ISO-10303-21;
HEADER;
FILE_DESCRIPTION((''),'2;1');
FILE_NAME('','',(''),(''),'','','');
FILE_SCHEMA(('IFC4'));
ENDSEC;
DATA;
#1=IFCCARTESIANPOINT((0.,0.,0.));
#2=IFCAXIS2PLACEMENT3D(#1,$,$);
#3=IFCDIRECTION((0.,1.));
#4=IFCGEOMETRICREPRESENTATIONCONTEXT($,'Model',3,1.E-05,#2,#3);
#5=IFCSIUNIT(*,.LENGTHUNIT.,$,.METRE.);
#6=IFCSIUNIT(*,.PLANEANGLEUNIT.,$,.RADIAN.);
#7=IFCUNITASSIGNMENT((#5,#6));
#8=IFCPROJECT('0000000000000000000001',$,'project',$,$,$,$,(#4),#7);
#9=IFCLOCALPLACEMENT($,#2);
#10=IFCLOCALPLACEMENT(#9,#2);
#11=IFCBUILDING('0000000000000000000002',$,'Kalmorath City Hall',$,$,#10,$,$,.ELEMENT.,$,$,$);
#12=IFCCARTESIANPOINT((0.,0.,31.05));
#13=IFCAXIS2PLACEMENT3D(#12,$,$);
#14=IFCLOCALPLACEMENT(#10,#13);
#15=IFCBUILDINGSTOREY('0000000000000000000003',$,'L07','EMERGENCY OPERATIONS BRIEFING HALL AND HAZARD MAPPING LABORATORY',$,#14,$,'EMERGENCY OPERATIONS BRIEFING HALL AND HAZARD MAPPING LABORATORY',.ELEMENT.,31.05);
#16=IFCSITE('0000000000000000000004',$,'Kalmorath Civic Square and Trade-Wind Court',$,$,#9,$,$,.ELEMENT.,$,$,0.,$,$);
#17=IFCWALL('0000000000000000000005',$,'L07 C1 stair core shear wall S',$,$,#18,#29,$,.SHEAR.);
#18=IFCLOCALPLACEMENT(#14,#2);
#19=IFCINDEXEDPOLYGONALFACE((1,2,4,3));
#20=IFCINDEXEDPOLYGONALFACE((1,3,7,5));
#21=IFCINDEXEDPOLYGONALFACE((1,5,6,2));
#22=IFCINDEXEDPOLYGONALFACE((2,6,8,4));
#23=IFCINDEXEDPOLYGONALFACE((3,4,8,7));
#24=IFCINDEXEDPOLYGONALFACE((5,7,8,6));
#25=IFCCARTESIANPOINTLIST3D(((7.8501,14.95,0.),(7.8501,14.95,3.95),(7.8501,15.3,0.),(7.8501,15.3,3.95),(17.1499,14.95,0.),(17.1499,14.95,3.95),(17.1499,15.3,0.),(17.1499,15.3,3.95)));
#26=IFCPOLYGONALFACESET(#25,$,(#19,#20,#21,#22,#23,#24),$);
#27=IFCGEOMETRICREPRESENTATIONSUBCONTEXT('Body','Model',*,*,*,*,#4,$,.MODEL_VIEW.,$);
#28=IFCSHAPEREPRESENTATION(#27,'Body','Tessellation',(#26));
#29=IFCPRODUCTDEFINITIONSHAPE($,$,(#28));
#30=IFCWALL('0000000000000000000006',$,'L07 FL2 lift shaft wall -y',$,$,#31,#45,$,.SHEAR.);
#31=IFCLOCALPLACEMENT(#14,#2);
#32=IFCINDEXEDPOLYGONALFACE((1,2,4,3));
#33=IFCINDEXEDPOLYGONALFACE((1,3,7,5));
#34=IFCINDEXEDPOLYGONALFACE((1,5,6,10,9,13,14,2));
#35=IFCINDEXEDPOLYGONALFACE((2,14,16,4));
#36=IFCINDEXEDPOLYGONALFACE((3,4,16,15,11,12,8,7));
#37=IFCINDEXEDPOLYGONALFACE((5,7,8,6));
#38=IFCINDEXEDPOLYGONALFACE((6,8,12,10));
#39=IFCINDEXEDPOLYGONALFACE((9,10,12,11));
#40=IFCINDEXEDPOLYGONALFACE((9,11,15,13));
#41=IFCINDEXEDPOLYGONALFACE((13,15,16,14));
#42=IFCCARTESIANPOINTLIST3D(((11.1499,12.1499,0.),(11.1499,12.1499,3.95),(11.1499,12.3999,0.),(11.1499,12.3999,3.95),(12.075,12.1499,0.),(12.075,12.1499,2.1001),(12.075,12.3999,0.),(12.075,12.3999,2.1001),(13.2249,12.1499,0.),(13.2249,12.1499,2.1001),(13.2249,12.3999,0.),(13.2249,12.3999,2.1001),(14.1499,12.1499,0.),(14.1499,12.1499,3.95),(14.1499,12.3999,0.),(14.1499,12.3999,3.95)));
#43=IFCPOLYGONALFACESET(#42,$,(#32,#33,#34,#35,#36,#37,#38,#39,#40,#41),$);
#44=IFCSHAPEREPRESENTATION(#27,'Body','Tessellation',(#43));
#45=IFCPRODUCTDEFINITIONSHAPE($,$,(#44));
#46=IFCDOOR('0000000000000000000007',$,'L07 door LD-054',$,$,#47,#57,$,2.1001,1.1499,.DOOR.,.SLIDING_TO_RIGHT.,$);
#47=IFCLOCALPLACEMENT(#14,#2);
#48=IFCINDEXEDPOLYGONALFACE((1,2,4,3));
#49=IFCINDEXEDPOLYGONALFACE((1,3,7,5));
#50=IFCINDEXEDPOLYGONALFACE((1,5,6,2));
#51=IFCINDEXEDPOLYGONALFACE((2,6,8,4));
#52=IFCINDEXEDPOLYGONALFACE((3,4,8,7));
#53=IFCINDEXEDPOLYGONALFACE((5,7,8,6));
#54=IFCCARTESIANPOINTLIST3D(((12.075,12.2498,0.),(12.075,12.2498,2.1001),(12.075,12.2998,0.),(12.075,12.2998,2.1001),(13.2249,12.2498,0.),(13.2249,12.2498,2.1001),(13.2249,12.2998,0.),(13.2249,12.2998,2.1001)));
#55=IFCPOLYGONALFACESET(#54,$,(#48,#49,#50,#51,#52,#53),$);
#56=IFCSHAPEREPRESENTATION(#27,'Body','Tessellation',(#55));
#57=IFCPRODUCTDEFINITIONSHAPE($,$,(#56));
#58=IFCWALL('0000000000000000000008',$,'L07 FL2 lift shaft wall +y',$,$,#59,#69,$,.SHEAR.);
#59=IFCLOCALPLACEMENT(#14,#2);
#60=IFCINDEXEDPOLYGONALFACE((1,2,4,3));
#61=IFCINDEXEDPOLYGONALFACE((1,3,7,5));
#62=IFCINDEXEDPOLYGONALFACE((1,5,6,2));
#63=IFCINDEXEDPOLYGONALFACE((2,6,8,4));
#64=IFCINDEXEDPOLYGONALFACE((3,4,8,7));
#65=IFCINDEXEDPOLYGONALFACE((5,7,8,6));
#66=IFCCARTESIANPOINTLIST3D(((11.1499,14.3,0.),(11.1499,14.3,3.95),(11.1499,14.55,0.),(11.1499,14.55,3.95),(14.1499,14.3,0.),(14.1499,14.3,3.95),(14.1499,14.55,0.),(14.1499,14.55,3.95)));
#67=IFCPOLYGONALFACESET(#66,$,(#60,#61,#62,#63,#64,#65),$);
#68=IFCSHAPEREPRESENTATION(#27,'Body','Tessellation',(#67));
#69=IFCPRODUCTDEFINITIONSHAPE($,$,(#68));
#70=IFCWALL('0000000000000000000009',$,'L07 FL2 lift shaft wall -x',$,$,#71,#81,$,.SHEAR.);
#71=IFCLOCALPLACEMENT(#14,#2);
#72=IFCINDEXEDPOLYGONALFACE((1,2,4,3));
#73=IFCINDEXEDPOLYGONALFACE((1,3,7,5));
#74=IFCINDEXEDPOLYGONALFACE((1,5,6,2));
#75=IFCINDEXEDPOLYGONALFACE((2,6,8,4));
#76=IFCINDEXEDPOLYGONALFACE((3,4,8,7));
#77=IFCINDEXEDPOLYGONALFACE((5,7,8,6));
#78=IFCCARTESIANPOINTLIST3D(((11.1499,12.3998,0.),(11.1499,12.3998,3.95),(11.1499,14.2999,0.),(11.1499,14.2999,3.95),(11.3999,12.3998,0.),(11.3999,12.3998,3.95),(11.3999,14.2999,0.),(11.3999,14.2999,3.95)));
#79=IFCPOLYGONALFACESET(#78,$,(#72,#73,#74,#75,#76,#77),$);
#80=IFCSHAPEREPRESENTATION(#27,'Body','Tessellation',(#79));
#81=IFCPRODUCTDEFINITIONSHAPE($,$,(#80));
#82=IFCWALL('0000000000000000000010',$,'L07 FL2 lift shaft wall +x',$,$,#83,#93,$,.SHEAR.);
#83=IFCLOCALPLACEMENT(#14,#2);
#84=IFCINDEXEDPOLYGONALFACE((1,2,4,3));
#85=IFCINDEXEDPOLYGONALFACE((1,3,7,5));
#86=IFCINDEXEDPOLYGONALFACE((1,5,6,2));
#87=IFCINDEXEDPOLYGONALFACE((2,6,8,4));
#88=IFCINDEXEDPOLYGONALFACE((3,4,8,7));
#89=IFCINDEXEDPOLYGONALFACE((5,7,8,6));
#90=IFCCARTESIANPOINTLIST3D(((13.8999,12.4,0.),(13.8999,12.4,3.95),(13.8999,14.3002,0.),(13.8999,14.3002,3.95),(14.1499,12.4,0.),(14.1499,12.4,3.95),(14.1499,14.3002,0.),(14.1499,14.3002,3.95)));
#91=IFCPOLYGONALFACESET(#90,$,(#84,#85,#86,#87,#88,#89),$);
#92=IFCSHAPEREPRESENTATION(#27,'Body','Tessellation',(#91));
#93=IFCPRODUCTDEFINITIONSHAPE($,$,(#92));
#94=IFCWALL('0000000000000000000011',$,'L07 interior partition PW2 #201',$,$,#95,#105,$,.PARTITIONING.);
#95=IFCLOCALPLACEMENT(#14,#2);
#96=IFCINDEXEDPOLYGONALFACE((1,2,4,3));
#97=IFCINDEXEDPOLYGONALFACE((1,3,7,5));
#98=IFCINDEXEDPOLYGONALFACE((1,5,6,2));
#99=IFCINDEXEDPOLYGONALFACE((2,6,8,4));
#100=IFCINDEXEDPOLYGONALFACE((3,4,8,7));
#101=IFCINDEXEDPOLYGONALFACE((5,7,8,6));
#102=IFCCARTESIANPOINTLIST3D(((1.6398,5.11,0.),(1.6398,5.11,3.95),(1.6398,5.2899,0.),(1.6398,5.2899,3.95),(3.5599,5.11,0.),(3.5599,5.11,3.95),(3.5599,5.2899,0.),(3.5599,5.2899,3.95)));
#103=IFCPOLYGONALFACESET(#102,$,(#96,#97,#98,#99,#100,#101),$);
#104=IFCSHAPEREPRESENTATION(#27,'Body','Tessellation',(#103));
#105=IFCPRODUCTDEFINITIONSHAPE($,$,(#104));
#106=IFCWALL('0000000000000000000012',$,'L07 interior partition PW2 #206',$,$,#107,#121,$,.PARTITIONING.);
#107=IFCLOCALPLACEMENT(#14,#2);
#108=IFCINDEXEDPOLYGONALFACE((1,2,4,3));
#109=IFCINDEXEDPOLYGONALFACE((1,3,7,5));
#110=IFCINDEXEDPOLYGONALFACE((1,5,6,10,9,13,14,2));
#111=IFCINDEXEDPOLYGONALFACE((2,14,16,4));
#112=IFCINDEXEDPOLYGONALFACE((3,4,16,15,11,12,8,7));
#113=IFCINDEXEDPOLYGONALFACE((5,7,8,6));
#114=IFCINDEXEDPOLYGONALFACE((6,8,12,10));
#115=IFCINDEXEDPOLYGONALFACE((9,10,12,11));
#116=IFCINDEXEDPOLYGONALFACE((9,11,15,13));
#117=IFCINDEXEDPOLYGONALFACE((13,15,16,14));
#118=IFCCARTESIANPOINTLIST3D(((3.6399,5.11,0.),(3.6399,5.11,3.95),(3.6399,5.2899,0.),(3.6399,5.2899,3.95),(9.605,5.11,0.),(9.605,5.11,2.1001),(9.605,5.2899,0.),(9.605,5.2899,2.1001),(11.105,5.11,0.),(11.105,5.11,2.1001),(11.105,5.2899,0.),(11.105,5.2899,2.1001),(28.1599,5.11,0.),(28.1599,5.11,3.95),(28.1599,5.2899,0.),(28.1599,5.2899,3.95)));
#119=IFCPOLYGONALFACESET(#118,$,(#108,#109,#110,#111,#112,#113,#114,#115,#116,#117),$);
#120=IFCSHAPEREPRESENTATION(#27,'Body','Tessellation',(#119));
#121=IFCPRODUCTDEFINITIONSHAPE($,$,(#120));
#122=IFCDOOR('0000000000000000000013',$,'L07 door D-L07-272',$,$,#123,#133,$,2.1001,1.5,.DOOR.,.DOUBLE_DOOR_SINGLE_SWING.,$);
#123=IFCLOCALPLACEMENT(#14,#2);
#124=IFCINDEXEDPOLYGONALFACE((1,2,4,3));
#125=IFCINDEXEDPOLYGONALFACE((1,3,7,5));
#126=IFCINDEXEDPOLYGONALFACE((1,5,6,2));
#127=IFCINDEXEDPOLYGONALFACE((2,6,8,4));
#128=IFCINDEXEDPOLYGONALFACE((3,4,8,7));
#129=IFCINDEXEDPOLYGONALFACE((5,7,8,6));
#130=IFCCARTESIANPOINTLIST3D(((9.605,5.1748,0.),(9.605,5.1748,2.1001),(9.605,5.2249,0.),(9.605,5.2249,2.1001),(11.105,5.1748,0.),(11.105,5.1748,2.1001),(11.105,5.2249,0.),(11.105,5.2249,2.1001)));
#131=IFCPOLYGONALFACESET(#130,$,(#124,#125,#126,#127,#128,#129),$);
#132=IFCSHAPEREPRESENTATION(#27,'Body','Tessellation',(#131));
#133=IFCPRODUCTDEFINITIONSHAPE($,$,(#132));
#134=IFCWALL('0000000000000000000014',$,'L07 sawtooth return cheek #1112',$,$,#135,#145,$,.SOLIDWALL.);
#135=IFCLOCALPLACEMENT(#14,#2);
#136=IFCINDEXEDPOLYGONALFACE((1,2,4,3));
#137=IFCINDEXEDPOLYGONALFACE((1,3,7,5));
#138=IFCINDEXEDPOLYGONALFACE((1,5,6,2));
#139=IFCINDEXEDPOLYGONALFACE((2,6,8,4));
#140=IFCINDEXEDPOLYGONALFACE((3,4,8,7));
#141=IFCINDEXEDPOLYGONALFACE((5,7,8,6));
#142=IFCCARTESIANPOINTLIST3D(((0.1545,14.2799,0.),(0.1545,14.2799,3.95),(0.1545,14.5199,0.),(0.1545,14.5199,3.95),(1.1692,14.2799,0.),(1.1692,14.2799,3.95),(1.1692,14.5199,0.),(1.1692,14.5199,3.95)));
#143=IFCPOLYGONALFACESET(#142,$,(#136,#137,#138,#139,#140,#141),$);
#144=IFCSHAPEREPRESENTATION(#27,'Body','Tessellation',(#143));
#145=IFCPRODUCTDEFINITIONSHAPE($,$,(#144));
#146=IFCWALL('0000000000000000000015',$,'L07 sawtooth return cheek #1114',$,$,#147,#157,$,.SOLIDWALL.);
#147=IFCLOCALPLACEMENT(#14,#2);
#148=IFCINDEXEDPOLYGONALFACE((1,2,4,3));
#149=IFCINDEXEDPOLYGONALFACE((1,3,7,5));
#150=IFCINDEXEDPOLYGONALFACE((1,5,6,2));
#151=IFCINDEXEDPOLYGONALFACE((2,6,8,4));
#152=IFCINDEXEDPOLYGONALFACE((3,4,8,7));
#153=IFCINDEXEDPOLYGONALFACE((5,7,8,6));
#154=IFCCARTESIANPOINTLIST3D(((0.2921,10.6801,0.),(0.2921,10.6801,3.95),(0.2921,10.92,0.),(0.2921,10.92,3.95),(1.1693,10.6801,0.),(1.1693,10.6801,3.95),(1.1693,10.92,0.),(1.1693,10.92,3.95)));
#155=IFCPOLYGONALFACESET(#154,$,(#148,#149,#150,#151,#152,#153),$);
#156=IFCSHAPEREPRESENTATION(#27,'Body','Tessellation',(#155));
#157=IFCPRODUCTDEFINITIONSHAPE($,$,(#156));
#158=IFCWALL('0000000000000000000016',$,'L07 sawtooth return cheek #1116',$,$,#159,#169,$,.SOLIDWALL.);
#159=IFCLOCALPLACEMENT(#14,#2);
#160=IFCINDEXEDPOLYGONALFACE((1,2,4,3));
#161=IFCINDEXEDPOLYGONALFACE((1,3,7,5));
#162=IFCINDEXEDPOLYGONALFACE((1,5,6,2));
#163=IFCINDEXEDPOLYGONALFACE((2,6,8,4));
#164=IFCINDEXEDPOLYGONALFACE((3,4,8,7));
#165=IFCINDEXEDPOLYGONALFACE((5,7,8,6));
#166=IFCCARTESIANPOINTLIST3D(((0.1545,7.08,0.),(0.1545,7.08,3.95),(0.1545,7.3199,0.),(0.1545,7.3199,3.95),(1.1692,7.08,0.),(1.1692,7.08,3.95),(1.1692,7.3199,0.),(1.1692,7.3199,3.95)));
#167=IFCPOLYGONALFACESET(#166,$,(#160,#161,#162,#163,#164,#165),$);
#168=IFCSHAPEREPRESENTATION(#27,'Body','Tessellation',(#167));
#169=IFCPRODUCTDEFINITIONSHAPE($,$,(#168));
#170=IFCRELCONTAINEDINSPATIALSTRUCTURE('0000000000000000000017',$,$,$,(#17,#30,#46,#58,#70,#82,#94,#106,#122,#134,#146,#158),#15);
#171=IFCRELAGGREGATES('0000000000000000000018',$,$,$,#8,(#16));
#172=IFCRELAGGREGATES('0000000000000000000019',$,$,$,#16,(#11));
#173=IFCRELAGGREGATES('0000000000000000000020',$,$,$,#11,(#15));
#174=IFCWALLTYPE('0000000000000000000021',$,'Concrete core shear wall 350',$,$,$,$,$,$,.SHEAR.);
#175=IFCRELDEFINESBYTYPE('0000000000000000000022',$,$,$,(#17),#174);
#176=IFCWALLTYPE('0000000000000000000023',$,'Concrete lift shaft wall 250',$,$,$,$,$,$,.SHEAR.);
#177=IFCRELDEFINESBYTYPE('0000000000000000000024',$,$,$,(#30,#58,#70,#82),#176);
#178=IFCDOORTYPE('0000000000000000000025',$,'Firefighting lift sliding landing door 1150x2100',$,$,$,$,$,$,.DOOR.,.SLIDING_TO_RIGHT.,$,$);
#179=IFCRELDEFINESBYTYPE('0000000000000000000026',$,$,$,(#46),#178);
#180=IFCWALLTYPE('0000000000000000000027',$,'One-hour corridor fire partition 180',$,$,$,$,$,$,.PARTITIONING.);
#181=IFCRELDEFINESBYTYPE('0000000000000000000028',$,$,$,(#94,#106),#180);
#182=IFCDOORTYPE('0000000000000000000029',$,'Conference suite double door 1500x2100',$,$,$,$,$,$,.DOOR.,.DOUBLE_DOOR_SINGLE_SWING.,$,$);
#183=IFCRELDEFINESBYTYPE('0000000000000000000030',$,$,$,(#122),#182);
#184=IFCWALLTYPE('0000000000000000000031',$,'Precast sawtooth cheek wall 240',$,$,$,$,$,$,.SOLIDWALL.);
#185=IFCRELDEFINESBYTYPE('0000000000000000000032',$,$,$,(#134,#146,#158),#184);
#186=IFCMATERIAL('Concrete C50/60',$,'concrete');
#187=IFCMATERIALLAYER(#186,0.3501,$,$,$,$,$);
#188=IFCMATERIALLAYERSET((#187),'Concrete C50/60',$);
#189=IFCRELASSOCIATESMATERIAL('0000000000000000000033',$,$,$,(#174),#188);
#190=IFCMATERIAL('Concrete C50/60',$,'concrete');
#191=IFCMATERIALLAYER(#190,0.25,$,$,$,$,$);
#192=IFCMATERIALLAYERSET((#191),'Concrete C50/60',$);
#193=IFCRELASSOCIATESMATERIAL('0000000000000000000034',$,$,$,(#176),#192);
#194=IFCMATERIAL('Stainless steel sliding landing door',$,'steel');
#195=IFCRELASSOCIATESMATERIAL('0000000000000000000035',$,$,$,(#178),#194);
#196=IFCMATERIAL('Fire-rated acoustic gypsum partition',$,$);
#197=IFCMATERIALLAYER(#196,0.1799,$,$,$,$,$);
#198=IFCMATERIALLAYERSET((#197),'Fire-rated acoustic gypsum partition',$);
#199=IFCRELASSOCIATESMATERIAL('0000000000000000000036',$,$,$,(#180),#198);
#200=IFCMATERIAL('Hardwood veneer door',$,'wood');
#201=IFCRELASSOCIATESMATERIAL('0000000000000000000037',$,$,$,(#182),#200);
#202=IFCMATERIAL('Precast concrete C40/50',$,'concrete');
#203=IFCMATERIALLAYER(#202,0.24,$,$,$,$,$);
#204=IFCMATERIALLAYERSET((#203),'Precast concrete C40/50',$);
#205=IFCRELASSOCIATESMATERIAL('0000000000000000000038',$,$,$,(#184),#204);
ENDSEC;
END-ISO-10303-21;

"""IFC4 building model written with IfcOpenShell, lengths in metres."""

from ifc_helpers import new_model, si_unit, direction, frame, frame_2d, origin, place, context, subcontext, project, spatial, rectangle, extrude, material, layer, layer_set, type_object, element, fill, save


model = new_model("IFC4")

# Units and contexts
model_context = context("Model", 3, precision=1e-05, world=origin(), true_north=direction((0.0, 1.0)))
body_context = subcontext(model_context, "Body", "Model", "MODEL_VIEW")
ifc_project = project(units=[si_unit("LENGTHUNIT", "METRE"), si_unit("PLANEANGLEUNIT", "RADIAN")], contexts=[model_context])

# Site, building, storey
site_placement = place(None, origin())
site = spatial("IfcSite", under=ifc_project, at=site_placement, Name="Kalmorath Civic Square and Trade-Wind Court", CompositionType="ELEMENT", RefElevation=0.0)
building_placement = place(site_placement, origin())
building = spatial("IfcBuilding", under=site, at=building_placement, Name="Kalmorath City Hall", CompositionType="ELEMENT")
storey_placement = place(building_placement, frame((0.0, 0.0, 31.05)))
storey = spatial("IfcBuildingStorey", under=building, at=storey_placement, Name="L07", Description="EMERGENCY OPERATIONS BRIEFING HALL AND HAZARD MAPPING LABORATORY", LongName="EMERGENCY OPERATIONS BRIEFING HALL AND HAZARD MAPPING LABORATORY", CompositionType="ELEMENT", Elevation=31.05)

# Wall
ifc_material_1 = material(Name="Concrete C50/60", Category="concrete")
ifc_layer_1 = layer(ifc_material_1, 0.3501)
ifc_layer_set_1 = layer_set([ifc_layer_1], Name="Concrete C50/60")
wall_type_1 = type_object("IfcWallType", Name="Concrete core shear wall 350", PredefinedType="SHEAR", material=ifc_layer_set_1)
wall_1_placement = place(storey_placement, frame((7.8501, 15.125, 0.0), z_axis=(0.0, 0.0, 1.0), x_axis=(1.0, 0.0, 0.0)))
element("IfcWall", 1, at=wall_1_placement, inside=storey, type_object=wall_type_1, Name="L07 C1 stair core shear wall S", PredefinedType="SHEAR", context=body_context, shape_type="SweptSolid", body=[
    extrude(rectangle(XDim=9.2998, YDim=0.3501, at=frame_2d((4.6499, 0.0))), origin(), (0.0, 0.0, 1.0), 3.95),
])

# Wall, opening, door
ifc_material_2 = material(Name="Concrete C50/60", Category="concrete")
ifc_layer_2 = layer(ifc_material_2, 0.25)
ifc_layer_set_2 = layer_set([ifc_layer_2], Name="Concrete C50/60")
wall_type_2 = type_object("IfcWallType", Name="Concrete lift shaft wall 250", PredefinedType="SHEAR", material=ifc_layer_set_2)
wall_2_placement = place(storey_placement, frame((11.1499, 12.2749, 0.0), z_axis=(0.0, 0.0, 1.0), x_axis=(1.0, 0.0, 0.0)))
wall_2 = element("IfcWall", 2, at=wall_2_placement, inside=storey, type_object=wall_type_2, Name="L07 FL2 lift shaft wall -y", PredefinedType="SHEAR", context=body_context, shape_type="SweptSolid", body=[
    extrude(rectangle(XDim=3.0, YDim=0.25, at=frame_2d((1.5, 0.0))), origin(), (0.0, 0.0, 1.0), 3.95),
])
opening_1_placement = place(wall_2_placement, frame((0.925, 0.0, 0.0)))
opening_1 = element("IfcOpeningElement", 3, at=opening_1_placement, cuts=wall_2, PredefinedType="OPENING", context=body_context, shape_type="SweptSolid", body=[
    extrude(rectangle(XDim=1.1499, YDim=2.1001, at=frame_2d((0.575, 1.05))), frame((0.0, 0.135, 0.0), z_axis=(0.0, -1.0, 0.0), x_axis=(1.0, 0.0, 0.0)), (0.0, 0.0, 1.0), 0.27),
])
ifc_material_3 = material(Name="Stainless steel sliding landing door", Category="steel")
door_type_1 = type_object("IfcDoorType", Name="Firefighting lift sliding landing door 1150x2100", OperationType="SLIDING_TO_RIGHT", PredefinedType="DOOR", material=ifc_material_3)
door_1_placement = place(opening_1_placement, origin())
door_1 = element("IfcDoor", 4, at=door_1_placement, inside=storey, type_object=door_type_1, Name="L07 door LD-054", OperationType="SLIDING_TO_RIGHT", OverallHeight=2.1001, OverallWidth=1.1499, PredefinedType="DOOR", context=body_context, shape_type="SweptSolid", body=[
    extrude(rectangle(XDim=1.1499, YDim=2.1001, at=frame_2d((0.575, 1.05))), frame((0.0, 0.0249, 0.0), z_axis=(0.0, -1.0, 0.0), x_axis=(1.0, 0.0, 0.0)), (0.0, 0.0, 1.0), 0.05),
])
fill(opening_1, door_1)

# Walls
wall_3_placement = place(storey_placement, frame((14.1499, 14.425, 0.0), z_axis=(0.0, 0.0, 1.0), x_axis=(-1.0, 0.0, 0.0)))
element("IfcWall", 5, at=wall_3_placement, inside=storey, type_object=wall_type_2, Name="L07 FL2 lift shaft wall +y", PredefinedType="SHEAR", context=body_context, shape_type="SweptSolid", body=[
    extrude(rectangle(XDim=3.0, YDim=0.25, at=frame_2d((1.5, 0.0))), origin(), (0.0, 0.0, 1.0), 3.95),
])
for number, where, z_axis, x_axis, name in (
    (6, (11.2749, 14.3, 0.0), (0.0, 0.0, 1.0), (0.0, -1.0, 0.0), "L07 FL2 lift shaft wall -x"),
    (7, (14.0249, 12.3999, 0.0), (0.0, 0.0, 1.0), (0.0, 1.0, 0.0), "L07 FL2 lift shaft wall +x"),
):
    element("IfcWall", number, at=place(storey_placement, frame(where, z_axis=z_axis, x_axis=x_axis)), inside=storey, type_object=wall_type_2, Name=name, PredefinedType="SHEAR", context=body_context, shape_type="SweptSolid", body=[
        extrude(rectangle(XDim=1.9001, YDim=0.25, at=frame_2d((0.9502, 0.0))), origin(), (0.0, 0.0, 1.0), 3.95),
    ])
ifc_material_4 = material(Name="Fire-rated acoustic gypsum partition")
ifc_layer_3 = layer(ifc_material_4, 0.1799)
ifc_layer_set_3 = layer_set([ifc_layer_3], Name="Fire-rated acoustic gypsum partition")
wall_type_3 = type_object("IfcWallType", Name="One-hour corridor fire partition 180", PredefinedType="PARTITIONING", material=ifc_layer_set_3)
wall_4_placement = place(storey_placement, frame((1.6399, 5.2, 0.0), z_axis=(0.0, 0.0, 1.0), x_axis=(1.0, 0.0, 0.0)))
element("IfcWall", 8, at=wall_4_placement, inside=storey, type_object=wall_type_3, Name="L07 interior partition PW2 #201", PredefinedType="PARTITIONING", context=body_context, shape_type="SweptSolid", body=[
    extrude(rectangle(XDim=1.9202, YDim=0.1799, at=frame_2d((0.96, 0.0))), origin(), (0.0, 0.0, 1.0), 3.95),
])

# Wall, opening, door
wall_5_placement = place(storey_placement, frame((3.6399, 5.2, 0.0), z_axis=(0.0, 0.0, 1.0), x_axis=(1.0, 0.0, 0.0)))
wall_5 = element("IfcWall", 9, at=wall_5_placement, inside=storey, type_object=wall_type_3, Name="L07 interior partition PW2 #206", PredefinedType="PARTITIONING", context=body_context, shape_type="SweptSolid", body=[
    extrude(rectangle(XDim=24.52, YDim=0.1799, at=frame_2d((12.26, 0.0))), origin(), (0.0, 0.0, 1.0), 3.95),
])
opening_2_placement = place(wall_5_placement, frame((5.9651, 0.0, 0.0)))
opening_2 = element("IfcOpeningElement", 10, at=opening_2_placement, cuts=wall_5, PredefinedType="OPENING", context=body_context, shape_type="SweptSolid", body=[
    extrude(rectangle(XDim=1.5, YDim=2.1001, at=frame_2d((0.75, 1.05))), frame((0.0, 0.0999, 0.0), z_axis=(0.0, -1.0, 0.0), x_axis=(1.0, 0.0, 0.0)), (0.0, 0.0, 1.0), 0.2),
])
ifc_material_5 = material(Name="Hardwood veneer door", Category="wood")
door_type_2 = type_object("IfcDoorType", Name="Conference suite double door 1500x2100", OperationType="DOUBLE_DOOR_SINGLE_SWING", PredefinedType="DOOR", material=ifc_material_5)
door_2_placement = place(opening_2_placement, origin())
door_2 = element("IfcDoor", 11, at=door_2_placement, inside=storey, type_object=door_type_2, Name="L07 door D-L07-272", OperationType="DOUBLE_DOOR_SINGLE_SWING", OverallHeight=2.1001, OverallWidth=1.5, PredefinedType="DOOR", context=body_context, shape_type="SweptSolid", body=[
    extrude(rectangle(XDim=1.5, YDim=2.1001, at=frame_2d((0.75, 1.05))), frame((0.0, 0.0249, 0.0), z_axis=(0.0, -1.0, 0.0), x_axis=(1.0, 0.0, 0.0)), (0.0, 0.0, 1.0), 0.05),
])
fill(opening_2, door_2)

# Walls
ifc_material_6 = material(Name="Precast concrete C40/50", Category="concrete")
ifc_layer_4 = layer(ifc_material_6, 0.24)
ifc_layer_set_4 = layer_set([ifc_layer_4], Name="Precast concrete C40/50")
wall_type_4 = type_object("IfcWallType", Name="Precast sawtooth cheek wall 240", PredefinedType="SOLIDWALL", material=ifc_layer_set_4)
wall_6_placement = place(storey_placement, frame((1.1692, 14.3999, 0.0), z_axis=(0.0, 0.0, 1.0), x_axis=(-1.0, 0.0, 0.0)))
element("IfcWall", 12, at=wall_6_placement, inside=storey, type_object=wall_type_4, Name="L07 sawtooth return cheek #1112", PredefinedType="SOLIDWALL", context=body_context, shape_type="SweptSolid", body=[
    extrude(rectangle(XDim=1.0146, YDim=0.24, at=frame_2d((0.5073, 0.0))), origin(), (0.0, 0.0, 1.0), 3.95),
])
wall_7_placement = place(storey_placement, frame((1.1692, 10.8, 0.0), z_axis=(0.0, 0.0, 1.0), x_axis=(-1.0, 0.0, 0.0)))
element("IfcWall", 13, at=wall_7_placement, inside=storey, type_object=wall_type_4, Name="L07 sawtooth return cheek #1114", PredefinedType="SOLIDWALL", context=body_context, shape_type="SweptSolid", body=[
    extrude(rectangle(XDim=0.8772, YDim=0.24, at=frame_2d((0.4385, 0.0))), origin(), (0.0, 0.0, 1.0), 3.95),
])
wall_8_placement = place(storey_placement, frame((1.1692, 7.2, 0.0), z_axis=(0.0, 0.0, 1.0), x_axis=(-1.0, 0.0, 0.0)))
element("IfcWall", 14, at=wall_8_placement, inside=storey, type_object=wall_type_4, Name="L07 sawtooth return cheek #1116", PredefinedType="SOLIDWALL", context=body_context, shape_type="SweptSolid", body=[
    extrude(rectangle(XDim=1.0146, YDim=0.24, at=frame_2d((0.5073, 0.0))), origin(), (0.0, 0.0, 1.0), 3.95),
])

save(model, "model.ifc")
